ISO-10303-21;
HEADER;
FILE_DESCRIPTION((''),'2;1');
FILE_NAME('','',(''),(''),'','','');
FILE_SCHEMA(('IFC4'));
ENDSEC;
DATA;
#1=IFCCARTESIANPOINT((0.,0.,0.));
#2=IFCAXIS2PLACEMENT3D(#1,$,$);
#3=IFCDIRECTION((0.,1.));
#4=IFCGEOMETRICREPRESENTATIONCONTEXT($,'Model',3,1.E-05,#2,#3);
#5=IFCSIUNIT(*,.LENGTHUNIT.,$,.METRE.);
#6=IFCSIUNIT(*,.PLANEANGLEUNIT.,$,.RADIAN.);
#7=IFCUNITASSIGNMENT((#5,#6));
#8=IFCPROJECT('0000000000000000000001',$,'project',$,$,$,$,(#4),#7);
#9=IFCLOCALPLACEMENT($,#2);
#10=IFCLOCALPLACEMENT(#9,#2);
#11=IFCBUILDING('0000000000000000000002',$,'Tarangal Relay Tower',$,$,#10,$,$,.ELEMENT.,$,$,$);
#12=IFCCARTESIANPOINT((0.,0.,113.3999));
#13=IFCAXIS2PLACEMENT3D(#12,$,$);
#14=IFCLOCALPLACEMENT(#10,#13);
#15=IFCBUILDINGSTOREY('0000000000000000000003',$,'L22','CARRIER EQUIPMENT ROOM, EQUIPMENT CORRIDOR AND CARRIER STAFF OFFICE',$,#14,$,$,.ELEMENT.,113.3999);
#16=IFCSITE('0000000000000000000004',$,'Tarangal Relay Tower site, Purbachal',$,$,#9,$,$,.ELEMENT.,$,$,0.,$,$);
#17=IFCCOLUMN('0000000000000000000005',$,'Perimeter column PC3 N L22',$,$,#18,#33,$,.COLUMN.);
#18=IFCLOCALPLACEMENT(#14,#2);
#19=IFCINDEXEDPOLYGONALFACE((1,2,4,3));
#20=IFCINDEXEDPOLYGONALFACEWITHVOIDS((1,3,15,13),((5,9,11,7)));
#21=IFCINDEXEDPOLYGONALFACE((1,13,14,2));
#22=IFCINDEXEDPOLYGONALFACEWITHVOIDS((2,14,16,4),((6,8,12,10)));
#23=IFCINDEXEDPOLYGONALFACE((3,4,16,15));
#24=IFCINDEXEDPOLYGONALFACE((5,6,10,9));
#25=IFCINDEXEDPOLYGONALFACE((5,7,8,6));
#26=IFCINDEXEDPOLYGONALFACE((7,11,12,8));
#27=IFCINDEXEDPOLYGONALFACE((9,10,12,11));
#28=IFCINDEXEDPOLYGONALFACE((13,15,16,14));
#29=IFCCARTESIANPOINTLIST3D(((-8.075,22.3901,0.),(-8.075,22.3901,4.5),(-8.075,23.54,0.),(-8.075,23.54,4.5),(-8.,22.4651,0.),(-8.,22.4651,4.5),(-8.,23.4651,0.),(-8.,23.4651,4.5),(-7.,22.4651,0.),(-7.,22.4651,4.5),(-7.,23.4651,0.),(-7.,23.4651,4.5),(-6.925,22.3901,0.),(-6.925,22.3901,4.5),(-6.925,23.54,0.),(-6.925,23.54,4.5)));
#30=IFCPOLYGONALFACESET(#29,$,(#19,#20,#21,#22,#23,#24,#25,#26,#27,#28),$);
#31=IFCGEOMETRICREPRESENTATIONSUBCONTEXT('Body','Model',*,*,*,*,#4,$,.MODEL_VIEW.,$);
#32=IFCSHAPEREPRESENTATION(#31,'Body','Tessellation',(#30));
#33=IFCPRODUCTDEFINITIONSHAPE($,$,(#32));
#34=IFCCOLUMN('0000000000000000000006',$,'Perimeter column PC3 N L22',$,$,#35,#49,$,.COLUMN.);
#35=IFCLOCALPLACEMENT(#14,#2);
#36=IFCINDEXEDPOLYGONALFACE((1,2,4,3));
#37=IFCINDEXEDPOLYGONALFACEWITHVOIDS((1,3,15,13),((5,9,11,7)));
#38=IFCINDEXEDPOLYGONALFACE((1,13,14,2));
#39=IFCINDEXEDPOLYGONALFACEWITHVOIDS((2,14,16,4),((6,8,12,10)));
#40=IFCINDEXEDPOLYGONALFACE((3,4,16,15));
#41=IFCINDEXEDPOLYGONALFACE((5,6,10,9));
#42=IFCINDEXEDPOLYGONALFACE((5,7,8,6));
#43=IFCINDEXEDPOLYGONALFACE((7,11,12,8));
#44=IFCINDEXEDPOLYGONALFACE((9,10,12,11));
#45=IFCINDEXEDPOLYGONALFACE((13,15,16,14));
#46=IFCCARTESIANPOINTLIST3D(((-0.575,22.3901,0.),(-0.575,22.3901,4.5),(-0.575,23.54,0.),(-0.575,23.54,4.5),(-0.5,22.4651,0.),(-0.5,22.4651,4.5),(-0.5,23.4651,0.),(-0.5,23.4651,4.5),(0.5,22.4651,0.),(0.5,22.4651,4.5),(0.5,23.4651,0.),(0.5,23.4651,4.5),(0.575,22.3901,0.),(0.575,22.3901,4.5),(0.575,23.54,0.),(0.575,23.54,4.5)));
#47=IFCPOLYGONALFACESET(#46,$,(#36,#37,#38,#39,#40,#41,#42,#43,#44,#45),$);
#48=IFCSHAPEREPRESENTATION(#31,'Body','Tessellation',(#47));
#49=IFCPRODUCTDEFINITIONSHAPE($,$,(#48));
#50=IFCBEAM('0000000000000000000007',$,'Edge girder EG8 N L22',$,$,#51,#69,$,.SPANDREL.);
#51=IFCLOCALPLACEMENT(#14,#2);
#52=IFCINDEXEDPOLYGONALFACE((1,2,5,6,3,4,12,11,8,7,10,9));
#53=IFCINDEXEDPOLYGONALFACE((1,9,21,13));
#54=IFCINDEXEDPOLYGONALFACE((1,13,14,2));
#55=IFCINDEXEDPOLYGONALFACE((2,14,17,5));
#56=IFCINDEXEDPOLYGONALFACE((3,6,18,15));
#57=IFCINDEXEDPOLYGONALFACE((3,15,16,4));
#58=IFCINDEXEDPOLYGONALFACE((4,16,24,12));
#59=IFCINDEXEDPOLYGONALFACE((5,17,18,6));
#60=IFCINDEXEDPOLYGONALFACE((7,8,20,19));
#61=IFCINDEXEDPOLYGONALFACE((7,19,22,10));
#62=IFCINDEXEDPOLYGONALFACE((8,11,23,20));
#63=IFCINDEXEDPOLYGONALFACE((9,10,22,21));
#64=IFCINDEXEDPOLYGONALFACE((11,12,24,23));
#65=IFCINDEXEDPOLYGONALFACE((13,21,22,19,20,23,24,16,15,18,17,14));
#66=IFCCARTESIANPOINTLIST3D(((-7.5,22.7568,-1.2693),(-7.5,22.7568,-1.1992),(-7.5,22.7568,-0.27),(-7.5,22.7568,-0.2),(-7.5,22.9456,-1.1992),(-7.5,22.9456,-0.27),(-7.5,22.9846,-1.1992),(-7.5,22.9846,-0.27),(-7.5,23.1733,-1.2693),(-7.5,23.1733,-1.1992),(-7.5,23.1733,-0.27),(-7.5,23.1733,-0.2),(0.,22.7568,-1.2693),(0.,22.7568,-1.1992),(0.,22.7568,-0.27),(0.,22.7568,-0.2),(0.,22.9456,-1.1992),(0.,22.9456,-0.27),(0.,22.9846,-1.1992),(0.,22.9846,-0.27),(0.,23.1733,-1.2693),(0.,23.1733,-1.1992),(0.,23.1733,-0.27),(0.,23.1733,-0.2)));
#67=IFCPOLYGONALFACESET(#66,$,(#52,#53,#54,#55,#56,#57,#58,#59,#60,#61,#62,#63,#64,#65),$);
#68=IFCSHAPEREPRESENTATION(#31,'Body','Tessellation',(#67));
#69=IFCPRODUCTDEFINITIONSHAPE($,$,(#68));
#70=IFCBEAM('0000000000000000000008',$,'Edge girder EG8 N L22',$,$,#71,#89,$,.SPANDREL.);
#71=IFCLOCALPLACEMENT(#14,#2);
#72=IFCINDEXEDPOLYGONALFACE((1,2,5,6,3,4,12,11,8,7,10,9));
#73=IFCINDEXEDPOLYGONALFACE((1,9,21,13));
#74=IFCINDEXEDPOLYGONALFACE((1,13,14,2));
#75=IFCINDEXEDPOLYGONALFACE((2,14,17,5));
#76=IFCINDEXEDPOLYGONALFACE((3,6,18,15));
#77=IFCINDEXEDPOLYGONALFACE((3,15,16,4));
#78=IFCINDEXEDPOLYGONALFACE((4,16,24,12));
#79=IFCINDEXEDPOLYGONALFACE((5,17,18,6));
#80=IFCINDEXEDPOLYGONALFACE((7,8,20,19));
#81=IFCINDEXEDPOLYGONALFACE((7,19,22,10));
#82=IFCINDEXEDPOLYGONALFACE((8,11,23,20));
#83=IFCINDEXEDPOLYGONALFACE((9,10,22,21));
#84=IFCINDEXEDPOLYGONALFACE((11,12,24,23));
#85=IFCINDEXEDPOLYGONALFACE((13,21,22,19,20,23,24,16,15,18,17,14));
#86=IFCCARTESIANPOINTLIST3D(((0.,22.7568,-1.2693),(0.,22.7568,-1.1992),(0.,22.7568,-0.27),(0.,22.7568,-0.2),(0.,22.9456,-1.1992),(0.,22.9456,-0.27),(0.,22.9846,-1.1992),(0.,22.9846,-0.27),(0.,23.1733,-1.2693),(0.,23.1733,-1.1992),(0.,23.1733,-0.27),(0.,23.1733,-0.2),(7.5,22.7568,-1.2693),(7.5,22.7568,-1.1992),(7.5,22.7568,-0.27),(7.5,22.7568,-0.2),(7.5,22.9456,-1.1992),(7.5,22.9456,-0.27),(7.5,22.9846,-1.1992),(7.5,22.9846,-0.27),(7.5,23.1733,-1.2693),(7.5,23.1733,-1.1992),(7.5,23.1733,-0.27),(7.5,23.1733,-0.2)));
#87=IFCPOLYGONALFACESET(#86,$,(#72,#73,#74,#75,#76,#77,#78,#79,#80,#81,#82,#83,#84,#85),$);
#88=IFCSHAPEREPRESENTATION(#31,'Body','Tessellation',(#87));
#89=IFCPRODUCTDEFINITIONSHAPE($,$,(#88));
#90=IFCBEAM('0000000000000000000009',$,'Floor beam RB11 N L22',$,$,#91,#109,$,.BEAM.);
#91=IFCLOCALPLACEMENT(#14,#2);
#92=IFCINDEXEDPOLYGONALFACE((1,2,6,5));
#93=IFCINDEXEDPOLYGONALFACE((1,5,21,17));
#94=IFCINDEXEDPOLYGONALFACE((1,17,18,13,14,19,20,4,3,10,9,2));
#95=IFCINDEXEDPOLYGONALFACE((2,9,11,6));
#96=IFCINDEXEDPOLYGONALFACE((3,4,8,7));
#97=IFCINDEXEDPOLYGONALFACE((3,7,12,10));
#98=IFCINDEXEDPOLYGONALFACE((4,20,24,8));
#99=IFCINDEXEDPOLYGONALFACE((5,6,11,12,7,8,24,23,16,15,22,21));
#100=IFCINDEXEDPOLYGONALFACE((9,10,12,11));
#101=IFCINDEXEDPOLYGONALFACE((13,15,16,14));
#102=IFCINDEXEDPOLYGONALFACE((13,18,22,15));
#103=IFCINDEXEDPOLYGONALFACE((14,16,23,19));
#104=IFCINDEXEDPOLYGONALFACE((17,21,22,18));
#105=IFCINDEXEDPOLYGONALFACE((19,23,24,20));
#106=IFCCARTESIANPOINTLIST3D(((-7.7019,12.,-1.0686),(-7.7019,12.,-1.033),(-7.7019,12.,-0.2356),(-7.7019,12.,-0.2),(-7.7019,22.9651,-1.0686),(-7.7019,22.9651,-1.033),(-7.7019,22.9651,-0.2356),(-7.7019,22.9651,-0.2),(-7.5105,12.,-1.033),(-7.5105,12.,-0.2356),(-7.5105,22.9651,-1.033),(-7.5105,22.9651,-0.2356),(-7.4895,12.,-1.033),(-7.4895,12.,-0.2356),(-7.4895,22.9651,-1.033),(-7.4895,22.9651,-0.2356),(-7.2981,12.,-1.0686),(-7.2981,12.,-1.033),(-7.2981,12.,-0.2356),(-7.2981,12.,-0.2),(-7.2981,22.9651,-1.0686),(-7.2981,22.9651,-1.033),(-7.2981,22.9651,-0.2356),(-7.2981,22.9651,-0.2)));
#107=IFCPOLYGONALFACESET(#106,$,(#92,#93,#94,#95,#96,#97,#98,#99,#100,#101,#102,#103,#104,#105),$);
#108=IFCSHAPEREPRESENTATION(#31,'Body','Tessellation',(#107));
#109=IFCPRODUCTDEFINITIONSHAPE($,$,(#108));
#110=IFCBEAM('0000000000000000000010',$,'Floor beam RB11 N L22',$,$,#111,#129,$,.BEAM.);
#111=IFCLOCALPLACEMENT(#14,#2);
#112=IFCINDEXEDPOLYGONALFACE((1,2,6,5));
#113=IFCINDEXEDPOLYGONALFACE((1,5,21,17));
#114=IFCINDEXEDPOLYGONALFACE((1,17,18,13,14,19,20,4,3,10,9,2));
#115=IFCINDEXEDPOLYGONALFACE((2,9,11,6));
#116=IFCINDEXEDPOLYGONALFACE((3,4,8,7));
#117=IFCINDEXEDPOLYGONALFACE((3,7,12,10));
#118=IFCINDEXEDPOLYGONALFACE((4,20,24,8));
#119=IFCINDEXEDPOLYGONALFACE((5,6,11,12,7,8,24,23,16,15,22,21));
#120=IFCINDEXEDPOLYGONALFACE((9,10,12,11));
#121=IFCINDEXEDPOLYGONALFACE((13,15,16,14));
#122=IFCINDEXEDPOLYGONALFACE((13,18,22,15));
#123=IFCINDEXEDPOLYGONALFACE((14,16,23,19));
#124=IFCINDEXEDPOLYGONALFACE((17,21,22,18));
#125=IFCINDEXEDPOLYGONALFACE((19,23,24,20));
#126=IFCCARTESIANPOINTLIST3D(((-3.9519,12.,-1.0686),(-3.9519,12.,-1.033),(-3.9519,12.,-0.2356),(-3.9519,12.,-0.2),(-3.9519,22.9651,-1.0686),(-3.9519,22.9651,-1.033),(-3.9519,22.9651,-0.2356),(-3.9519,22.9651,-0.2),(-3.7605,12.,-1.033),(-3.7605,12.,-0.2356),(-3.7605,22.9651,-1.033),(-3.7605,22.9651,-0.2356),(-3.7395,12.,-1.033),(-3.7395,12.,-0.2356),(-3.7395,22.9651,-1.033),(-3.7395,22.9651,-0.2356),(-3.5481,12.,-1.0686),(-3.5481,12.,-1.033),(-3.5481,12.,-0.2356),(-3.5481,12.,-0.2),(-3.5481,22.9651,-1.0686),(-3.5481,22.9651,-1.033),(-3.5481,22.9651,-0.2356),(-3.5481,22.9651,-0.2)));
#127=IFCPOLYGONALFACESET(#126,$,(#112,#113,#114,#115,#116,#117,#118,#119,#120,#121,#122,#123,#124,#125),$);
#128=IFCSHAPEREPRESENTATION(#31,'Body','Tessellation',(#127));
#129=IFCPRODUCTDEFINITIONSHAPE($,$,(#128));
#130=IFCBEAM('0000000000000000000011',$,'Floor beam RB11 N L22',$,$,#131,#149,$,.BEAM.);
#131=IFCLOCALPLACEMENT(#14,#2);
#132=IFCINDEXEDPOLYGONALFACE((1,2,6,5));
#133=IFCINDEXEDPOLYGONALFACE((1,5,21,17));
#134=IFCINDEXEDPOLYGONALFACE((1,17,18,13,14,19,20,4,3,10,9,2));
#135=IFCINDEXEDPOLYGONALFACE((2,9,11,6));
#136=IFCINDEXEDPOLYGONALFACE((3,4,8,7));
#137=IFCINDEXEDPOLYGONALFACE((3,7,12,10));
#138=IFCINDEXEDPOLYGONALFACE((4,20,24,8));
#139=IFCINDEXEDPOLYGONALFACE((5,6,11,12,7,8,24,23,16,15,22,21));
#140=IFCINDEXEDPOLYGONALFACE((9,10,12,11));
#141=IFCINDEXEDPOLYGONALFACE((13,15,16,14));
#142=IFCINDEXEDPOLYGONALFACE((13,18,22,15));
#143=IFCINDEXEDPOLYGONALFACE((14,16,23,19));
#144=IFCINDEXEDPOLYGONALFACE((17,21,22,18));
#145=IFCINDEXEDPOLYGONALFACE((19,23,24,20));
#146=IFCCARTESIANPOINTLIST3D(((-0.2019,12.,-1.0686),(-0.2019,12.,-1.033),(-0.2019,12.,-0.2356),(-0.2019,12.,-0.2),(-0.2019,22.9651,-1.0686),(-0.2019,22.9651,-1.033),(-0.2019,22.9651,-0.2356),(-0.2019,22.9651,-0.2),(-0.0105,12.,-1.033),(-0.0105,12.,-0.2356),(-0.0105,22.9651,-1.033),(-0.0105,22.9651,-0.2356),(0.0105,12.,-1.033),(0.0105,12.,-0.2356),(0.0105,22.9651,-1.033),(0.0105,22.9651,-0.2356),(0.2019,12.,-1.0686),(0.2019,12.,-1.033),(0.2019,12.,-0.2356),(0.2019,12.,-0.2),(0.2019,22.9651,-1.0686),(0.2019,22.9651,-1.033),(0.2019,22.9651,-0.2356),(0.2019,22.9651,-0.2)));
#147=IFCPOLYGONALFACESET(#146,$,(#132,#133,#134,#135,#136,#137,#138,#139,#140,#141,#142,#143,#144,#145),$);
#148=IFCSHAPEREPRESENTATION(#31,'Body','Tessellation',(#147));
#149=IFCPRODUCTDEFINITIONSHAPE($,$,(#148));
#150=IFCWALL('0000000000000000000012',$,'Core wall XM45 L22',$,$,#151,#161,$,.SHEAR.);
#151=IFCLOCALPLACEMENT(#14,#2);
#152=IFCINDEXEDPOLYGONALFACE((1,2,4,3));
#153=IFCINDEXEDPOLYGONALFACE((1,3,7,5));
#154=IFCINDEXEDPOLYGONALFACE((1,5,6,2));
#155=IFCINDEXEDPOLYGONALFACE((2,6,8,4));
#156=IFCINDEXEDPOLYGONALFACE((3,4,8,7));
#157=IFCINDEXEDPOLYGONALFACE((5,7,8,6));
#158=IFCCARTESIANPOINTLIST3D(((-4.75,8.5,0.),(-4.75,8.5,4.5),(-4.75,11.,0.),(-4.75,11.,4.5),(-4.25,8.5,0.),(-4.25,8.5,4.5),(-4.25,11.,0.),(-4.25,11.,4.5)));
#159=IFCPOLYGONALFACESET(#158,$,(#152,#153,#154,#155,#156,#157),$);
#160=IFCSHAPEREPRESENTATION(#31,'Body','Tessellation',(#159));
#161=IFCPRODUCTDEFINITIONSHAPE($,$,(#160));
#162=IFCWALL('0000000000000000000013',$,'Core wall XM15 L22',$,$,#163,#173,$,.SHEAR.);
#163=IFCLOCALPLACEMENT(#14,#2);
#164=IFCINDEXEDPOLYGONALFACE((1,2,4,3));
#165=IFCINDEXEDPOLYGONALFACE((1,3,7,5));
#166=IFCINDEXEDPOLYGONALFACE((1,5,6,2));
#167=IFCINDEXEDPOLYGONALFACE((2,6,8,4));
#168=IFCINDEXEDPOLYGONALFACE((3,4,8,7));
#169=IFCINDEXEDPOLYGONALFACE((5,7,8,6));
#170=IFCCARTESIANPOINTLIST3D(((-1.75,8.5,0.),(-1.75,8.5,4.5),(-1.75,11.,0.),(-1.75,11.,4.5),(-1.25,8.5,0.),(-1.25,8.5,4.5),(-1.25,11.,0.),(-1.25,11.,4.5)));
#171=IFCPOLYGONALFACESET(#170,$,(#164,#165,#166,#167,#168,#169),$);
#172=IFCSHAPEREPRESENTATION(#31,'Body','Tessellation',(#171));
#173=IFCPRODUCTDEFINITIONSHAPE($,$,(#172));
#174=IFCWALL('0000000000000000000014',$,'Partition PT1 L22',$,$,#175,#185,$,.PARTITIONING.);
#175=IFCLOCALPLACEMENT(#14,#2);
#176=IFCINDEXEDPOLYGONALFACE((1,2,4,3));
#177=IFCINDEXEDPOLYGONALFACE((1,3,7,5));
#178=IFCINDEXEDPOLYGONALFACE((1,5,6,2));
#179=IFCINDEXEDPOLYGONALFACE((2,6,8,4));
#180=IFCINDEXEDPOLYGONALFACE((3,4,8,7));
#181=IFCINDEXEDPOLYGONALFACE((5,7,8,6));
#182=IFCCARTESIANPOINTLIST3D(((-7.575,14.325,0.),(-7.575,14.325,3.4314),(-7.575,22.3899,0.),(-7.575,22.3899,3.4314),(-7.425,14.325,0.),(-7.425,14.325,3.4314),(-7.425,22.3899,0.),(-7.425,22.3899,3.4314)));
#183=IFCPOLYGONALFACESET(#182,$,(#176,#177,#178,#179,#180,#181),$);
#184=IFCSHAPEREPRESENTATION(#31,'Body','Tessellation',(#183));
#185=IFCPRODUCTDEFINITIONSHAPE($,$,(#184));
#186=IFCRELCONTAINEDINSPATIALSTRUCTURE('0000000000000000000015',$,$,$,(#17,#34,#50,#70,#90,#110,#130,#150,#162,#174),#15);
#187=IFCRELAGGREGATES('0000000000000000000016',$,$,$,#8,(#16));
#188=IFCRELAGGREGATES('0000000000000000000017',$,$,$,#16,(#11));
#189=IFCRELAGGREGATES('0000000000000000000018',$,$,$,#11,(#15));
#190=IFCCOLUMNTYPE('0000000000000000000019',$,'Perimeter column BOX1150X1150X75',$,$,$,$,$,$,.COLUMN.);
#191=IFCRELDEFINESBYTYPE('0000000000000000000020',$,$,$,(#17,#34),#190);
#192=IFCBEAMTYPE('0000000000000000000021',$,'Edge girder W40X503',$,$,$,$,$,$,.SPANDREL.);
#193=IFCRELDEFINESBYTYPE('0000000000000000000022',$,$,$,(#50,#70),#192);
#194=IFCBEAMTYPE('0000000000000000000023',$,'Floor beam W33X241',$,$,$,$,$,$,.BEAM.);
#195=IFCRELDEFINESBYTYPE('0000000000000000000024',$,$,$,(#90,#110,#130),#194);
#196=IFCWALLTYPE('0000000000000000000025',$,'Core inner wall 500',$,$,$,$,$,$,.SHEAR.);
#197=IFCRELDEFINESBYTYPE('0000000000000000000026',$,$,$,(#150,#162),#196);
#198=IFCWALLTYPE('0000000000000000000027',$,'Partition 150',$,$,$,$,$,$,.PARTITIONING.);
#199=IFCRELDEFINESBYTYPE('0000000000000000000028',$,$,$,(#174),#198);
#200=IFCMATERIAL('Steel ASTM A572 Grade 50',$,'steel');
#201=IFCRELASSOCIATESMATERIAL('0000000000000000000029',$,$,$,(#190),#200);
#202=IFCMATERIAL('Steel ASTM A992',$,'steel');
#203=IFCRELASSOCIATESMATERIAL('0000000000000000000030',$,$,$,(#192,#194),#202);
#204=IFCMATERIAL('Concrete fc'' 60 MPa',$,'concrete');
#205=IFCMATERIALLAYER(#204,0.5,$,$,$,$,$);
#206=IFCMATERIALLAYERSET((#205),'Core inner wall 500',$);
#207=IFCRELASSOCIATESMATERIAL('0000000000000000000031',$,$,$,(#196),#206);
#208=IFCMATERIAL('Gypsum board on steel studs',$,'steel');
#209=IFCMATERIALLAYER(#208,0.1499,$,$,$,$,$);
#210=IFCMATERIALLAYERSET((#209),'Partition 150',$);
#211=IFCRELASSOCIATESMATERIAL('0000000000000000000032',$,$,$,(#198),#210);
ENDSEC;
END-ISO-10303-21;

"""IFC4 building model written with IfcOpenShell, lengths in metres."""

from ifc_helpers import new_model, si_unit, direction, frame, frame_2d, origin, origin_2d, place, context, subcontext, project, spatial, rectangle, hollow_rectangle, i_section, extrude, material, layer, layer_set, material_profile, profile_set, type_object, element, save


model = new_model("IFC4")

# Units and contexts
model_context = context("Model", 3, precision=1e-05, world=origin(), true_north=direction((0.0, 1.0)))
body_context = subcontext(model_context, "Body", "Model", "MODEL_VIEW")
ifc_project = project(units=[si_unit("LENGTHUNIT", "METRE"), si_unit("PLANEANGLEUNIT", "RADIAN")], contexts=[model_context])

# Site, building, storey
site_placement = place(None, origin())
site = spatial("IfcSite", under=ifc_project, at=site_placement, Name="Tarangal Relay Tower site, Purbachal", CompositionType="ELEMENT", RefElevation=0.0)
building_placement = place(site_placement, origin())
building = spatial("IfcBuilding", under=site, at=building_placement, Name="Tarangal Relay Tower", CompositionType="ELEMENT")
storey_placement = place(building_placement, frame((0.0, 0.0, 113.3999)))
storey = spatial("IfcBuildingStorey", under=building, at=storey_placement, Name="L22", Description="CARRIER EQUIPMENT ROOM, EQUIPMENT CORRIDOR AND CARRIER STAFF OFFICE", CompositionType="ELEMENT", Elevation=113.3999)

# Columns
ifc_material_1 = material(Name="Steel ASTM A572 Grade 50", Category="steel")
ifc_material_profile_1 = material_profile(ifc_material_1, hollow_rectangle(XDim=1.1499, YDim=1.1499, WallThickness=0.075, at=origin_2d()), Name="BOX1150X1150X75")
ifc_profile_set_1 = profile_set([ifc_material_profile_1], Name="Steel ASTM A572 Grade 50")
column_type = type_object("IfcColumnType", Name="Perimeter column BOX1150X1150X75", PredefinedType="COLUMN", material=ifc_profile_set_1)
for number, where, z_axis, x_axis, name in (
    (1, (-7.5, 22.9651, 0.0), (0.0, 0.0, 1.0), (1.0, 0.0, 0.0), "Perimeter column PC3 N L22"),
    (2, (0.0, 22.9651, 0.0), (0.0, 0.0, 1.0), (1.0, 0.0, 0.0), "Perimeter column PC3 N L22"),
):
    element("IfcColumn", number, at=place(storey_placement, frame(where, z_axis=z_axis, x_axis=x_axis)), inside=storey, type_object=column_type, Name=name, PredefinedType="COLUMN", context=body_context, shape_type="SweptSolid", body=[
        extrude(hollow_rectangle(XDim=1.1499, YDim=1.1499, WallThickness=0.075, at=origin_2d()), origin(), (0.0, 0.0, 1.0), 4.5),
    ])

# Beams
ifc_material_2 = material(Name="Steel ASTM A992", Category="steel")
ifc_material_profile_2 = material_profile(ifc_material_2, i_section(OverallWidth=0.4165, OverallDepth=1.0693, WebThickness=0.0391, FlangeThickness=0.0701, at=origin_2d()), Name="W40X503")
ifc_profile_set_2 = profile_set([ifc_material_profile_2], Name="Steel ASTM A992")
beam_type_1 = type_object("IfcBeamType", Name="Edge girder W40X503", PredefinedType="SPANDREL", material=ifc_profile_set_2)
for number, where, z_axis, x_axis, name in (
    (3, (-7.5, 22.9651, -0.7346), (1.0, 0.0, 0.0), (0.0, 1.0, 0.0), "Edge girder EG8 N L22"),
    (4, (0.0, 22.9651, -0.7346), (1.0, 0.0, 0.0), (0.0, 1.0, 0.0), "Edge girder EG8 N L22"),
):
    element("IfcBeam", number, at=place(storey_placement, frame(where, z_axis=z_axis, x_axis=x_axis)), inside=storey, type_object=beam_type_1, Name=name, PredefinedType="SPANDREL", context=body_context, shape_type="SweptSolid", body=[
        extrude(i_section(OverallWidth=0.4165, OverallDepth=1.0693, WebThickness=0.0391, FlangeThickness=0.0701, at=origin_2d()), origin(), (0.0, 0.0, 1.0), 7.5),
    ])
ifc_material_profile_3 = material_profile(ifc_material_2, i_section(OverallWidth=0.4038, OverallDepth=0.8687, WebThickness=0.021, FlangeThickness=0.0356, at=origin_2d()), Name="W33X241")
ifc_profile_set_3 = profile_set([ifc_material_profile_3], Name="Steel ASTM A992")
beam_type_2 = type_object("IfcBeamType", Name="Floor beam W33X241", PredefinedType="BEAM", material=ifc_profile_set_3)
for number, where, z_axis, x_axis, name in (
    (5, (-7.5, 12.0, -0.6343), (0.0, 1.0, 0.0), (-1.0, 0.0, 0.0), "Floor beam RB11 N L22"),
    (6, (-3.75, 12.0, -0.6343), (0.0, 1.0, 0.0), (-1.0, 0.0, 0.0), "Floor beam RB11 N L22"),
    (7, (0.0, 12.0, -0.6343), (0.0, 1.0, 0.0), (-1.0, 0.0, 0.0), "Floor beam RB11 N L22"),
):
    element("IfcBeam", number, at=place(storey_placement, frame(where, z_axis=z_axis, x_axis=x_axis)), inside=storey, type_object=beam_type_2, Name=name, PredefinedType="BEAM", context=body_context, shape_type="SweptSolid", body=[
        extrude(i_section(OverallWidth=0.4038, OverallDepth=0.8687, WebThickness=0.021, FlangeThickness=0.0356, at=origin_2d()), origin(), (0.0, 0.0, 1.0), 10.9651),
    ])

# Walls
ifc_material_3 = material(Name="Concrete fc' 60 MPa", Category="concrete")
ifc_layer_1 = layer(ifc_material_3, 0.5)
ifc_layer_set_1 = layer_set([ifc_layer_1], Name="Core inner wall 500")
wall_type_1 = type_object("IfcWallType", Name="Core inner wall 500", PredefinedType="SHEAR", material=ifc_layer_set_1)
for number, where, z_axis, x_axis, name in (
    (8, (-4.5, 8.5, 0.0), (0.0, 0.0, 1.0), (0.0, 1.0, 0.0), "Core wall XM45 L22"),
    (9, (-1.5, 8.5, 0.0), (0.0, 0.0, 1.0), (0.0, 1.0, 0.0), "Core wall XM15 L22"),
):
    element("IfcWall", number, at=place(storey_placement, frame(where, z_axis=z_axis, x_axis=x_axis)), inside=storey, type_object=wall_type_1, Name=name, PredefinedType="SHEAR", context=body_context, shape_type="SweptSolid", body=[
        extrude(rectangle(XDim=2.5, YDim=0.5, at=frame_2d((1.25, 0.0))), origin(), (0.0, 0.0, 1.0), 4.5),
    ])
ifc_material_4 = material(Name="Gypsum board on steel studs", Category="steel")
ifc_layer_2 = layer(ifc_material_4, 0.1499)
ifc_layer_set_2 = layer_set([ifc_layer_2], Name="Partition 150")
wall_type_2 = type_object("IfcWallType", Name="Partition 150", PredefinedType="PARTITIONING", material=ifc_layer_set_2)
wall_placement = place(storey_placement, frame((-7.5, 14.325, 0.0), z_axis=(0.0, 0.0, 1.0), x_axis=(0.0, 1.0, 0.0)))
element("IfcWall", 10, at=wall_placement, inside=storey, type_object=wall_type_2, Name="Partition PT1 L22", PredefinedType="PARTITIONING", context=body_context, shape_type="SweptSolid", body=[
    extrude(rectangle(XDim=8.0649, YDim=0.1499, at=frame_2d((4.0325, 0.0))), origin(), (0.0, 0.0, 1.0), 3.4314),
])

save(model, "model.ifc")
